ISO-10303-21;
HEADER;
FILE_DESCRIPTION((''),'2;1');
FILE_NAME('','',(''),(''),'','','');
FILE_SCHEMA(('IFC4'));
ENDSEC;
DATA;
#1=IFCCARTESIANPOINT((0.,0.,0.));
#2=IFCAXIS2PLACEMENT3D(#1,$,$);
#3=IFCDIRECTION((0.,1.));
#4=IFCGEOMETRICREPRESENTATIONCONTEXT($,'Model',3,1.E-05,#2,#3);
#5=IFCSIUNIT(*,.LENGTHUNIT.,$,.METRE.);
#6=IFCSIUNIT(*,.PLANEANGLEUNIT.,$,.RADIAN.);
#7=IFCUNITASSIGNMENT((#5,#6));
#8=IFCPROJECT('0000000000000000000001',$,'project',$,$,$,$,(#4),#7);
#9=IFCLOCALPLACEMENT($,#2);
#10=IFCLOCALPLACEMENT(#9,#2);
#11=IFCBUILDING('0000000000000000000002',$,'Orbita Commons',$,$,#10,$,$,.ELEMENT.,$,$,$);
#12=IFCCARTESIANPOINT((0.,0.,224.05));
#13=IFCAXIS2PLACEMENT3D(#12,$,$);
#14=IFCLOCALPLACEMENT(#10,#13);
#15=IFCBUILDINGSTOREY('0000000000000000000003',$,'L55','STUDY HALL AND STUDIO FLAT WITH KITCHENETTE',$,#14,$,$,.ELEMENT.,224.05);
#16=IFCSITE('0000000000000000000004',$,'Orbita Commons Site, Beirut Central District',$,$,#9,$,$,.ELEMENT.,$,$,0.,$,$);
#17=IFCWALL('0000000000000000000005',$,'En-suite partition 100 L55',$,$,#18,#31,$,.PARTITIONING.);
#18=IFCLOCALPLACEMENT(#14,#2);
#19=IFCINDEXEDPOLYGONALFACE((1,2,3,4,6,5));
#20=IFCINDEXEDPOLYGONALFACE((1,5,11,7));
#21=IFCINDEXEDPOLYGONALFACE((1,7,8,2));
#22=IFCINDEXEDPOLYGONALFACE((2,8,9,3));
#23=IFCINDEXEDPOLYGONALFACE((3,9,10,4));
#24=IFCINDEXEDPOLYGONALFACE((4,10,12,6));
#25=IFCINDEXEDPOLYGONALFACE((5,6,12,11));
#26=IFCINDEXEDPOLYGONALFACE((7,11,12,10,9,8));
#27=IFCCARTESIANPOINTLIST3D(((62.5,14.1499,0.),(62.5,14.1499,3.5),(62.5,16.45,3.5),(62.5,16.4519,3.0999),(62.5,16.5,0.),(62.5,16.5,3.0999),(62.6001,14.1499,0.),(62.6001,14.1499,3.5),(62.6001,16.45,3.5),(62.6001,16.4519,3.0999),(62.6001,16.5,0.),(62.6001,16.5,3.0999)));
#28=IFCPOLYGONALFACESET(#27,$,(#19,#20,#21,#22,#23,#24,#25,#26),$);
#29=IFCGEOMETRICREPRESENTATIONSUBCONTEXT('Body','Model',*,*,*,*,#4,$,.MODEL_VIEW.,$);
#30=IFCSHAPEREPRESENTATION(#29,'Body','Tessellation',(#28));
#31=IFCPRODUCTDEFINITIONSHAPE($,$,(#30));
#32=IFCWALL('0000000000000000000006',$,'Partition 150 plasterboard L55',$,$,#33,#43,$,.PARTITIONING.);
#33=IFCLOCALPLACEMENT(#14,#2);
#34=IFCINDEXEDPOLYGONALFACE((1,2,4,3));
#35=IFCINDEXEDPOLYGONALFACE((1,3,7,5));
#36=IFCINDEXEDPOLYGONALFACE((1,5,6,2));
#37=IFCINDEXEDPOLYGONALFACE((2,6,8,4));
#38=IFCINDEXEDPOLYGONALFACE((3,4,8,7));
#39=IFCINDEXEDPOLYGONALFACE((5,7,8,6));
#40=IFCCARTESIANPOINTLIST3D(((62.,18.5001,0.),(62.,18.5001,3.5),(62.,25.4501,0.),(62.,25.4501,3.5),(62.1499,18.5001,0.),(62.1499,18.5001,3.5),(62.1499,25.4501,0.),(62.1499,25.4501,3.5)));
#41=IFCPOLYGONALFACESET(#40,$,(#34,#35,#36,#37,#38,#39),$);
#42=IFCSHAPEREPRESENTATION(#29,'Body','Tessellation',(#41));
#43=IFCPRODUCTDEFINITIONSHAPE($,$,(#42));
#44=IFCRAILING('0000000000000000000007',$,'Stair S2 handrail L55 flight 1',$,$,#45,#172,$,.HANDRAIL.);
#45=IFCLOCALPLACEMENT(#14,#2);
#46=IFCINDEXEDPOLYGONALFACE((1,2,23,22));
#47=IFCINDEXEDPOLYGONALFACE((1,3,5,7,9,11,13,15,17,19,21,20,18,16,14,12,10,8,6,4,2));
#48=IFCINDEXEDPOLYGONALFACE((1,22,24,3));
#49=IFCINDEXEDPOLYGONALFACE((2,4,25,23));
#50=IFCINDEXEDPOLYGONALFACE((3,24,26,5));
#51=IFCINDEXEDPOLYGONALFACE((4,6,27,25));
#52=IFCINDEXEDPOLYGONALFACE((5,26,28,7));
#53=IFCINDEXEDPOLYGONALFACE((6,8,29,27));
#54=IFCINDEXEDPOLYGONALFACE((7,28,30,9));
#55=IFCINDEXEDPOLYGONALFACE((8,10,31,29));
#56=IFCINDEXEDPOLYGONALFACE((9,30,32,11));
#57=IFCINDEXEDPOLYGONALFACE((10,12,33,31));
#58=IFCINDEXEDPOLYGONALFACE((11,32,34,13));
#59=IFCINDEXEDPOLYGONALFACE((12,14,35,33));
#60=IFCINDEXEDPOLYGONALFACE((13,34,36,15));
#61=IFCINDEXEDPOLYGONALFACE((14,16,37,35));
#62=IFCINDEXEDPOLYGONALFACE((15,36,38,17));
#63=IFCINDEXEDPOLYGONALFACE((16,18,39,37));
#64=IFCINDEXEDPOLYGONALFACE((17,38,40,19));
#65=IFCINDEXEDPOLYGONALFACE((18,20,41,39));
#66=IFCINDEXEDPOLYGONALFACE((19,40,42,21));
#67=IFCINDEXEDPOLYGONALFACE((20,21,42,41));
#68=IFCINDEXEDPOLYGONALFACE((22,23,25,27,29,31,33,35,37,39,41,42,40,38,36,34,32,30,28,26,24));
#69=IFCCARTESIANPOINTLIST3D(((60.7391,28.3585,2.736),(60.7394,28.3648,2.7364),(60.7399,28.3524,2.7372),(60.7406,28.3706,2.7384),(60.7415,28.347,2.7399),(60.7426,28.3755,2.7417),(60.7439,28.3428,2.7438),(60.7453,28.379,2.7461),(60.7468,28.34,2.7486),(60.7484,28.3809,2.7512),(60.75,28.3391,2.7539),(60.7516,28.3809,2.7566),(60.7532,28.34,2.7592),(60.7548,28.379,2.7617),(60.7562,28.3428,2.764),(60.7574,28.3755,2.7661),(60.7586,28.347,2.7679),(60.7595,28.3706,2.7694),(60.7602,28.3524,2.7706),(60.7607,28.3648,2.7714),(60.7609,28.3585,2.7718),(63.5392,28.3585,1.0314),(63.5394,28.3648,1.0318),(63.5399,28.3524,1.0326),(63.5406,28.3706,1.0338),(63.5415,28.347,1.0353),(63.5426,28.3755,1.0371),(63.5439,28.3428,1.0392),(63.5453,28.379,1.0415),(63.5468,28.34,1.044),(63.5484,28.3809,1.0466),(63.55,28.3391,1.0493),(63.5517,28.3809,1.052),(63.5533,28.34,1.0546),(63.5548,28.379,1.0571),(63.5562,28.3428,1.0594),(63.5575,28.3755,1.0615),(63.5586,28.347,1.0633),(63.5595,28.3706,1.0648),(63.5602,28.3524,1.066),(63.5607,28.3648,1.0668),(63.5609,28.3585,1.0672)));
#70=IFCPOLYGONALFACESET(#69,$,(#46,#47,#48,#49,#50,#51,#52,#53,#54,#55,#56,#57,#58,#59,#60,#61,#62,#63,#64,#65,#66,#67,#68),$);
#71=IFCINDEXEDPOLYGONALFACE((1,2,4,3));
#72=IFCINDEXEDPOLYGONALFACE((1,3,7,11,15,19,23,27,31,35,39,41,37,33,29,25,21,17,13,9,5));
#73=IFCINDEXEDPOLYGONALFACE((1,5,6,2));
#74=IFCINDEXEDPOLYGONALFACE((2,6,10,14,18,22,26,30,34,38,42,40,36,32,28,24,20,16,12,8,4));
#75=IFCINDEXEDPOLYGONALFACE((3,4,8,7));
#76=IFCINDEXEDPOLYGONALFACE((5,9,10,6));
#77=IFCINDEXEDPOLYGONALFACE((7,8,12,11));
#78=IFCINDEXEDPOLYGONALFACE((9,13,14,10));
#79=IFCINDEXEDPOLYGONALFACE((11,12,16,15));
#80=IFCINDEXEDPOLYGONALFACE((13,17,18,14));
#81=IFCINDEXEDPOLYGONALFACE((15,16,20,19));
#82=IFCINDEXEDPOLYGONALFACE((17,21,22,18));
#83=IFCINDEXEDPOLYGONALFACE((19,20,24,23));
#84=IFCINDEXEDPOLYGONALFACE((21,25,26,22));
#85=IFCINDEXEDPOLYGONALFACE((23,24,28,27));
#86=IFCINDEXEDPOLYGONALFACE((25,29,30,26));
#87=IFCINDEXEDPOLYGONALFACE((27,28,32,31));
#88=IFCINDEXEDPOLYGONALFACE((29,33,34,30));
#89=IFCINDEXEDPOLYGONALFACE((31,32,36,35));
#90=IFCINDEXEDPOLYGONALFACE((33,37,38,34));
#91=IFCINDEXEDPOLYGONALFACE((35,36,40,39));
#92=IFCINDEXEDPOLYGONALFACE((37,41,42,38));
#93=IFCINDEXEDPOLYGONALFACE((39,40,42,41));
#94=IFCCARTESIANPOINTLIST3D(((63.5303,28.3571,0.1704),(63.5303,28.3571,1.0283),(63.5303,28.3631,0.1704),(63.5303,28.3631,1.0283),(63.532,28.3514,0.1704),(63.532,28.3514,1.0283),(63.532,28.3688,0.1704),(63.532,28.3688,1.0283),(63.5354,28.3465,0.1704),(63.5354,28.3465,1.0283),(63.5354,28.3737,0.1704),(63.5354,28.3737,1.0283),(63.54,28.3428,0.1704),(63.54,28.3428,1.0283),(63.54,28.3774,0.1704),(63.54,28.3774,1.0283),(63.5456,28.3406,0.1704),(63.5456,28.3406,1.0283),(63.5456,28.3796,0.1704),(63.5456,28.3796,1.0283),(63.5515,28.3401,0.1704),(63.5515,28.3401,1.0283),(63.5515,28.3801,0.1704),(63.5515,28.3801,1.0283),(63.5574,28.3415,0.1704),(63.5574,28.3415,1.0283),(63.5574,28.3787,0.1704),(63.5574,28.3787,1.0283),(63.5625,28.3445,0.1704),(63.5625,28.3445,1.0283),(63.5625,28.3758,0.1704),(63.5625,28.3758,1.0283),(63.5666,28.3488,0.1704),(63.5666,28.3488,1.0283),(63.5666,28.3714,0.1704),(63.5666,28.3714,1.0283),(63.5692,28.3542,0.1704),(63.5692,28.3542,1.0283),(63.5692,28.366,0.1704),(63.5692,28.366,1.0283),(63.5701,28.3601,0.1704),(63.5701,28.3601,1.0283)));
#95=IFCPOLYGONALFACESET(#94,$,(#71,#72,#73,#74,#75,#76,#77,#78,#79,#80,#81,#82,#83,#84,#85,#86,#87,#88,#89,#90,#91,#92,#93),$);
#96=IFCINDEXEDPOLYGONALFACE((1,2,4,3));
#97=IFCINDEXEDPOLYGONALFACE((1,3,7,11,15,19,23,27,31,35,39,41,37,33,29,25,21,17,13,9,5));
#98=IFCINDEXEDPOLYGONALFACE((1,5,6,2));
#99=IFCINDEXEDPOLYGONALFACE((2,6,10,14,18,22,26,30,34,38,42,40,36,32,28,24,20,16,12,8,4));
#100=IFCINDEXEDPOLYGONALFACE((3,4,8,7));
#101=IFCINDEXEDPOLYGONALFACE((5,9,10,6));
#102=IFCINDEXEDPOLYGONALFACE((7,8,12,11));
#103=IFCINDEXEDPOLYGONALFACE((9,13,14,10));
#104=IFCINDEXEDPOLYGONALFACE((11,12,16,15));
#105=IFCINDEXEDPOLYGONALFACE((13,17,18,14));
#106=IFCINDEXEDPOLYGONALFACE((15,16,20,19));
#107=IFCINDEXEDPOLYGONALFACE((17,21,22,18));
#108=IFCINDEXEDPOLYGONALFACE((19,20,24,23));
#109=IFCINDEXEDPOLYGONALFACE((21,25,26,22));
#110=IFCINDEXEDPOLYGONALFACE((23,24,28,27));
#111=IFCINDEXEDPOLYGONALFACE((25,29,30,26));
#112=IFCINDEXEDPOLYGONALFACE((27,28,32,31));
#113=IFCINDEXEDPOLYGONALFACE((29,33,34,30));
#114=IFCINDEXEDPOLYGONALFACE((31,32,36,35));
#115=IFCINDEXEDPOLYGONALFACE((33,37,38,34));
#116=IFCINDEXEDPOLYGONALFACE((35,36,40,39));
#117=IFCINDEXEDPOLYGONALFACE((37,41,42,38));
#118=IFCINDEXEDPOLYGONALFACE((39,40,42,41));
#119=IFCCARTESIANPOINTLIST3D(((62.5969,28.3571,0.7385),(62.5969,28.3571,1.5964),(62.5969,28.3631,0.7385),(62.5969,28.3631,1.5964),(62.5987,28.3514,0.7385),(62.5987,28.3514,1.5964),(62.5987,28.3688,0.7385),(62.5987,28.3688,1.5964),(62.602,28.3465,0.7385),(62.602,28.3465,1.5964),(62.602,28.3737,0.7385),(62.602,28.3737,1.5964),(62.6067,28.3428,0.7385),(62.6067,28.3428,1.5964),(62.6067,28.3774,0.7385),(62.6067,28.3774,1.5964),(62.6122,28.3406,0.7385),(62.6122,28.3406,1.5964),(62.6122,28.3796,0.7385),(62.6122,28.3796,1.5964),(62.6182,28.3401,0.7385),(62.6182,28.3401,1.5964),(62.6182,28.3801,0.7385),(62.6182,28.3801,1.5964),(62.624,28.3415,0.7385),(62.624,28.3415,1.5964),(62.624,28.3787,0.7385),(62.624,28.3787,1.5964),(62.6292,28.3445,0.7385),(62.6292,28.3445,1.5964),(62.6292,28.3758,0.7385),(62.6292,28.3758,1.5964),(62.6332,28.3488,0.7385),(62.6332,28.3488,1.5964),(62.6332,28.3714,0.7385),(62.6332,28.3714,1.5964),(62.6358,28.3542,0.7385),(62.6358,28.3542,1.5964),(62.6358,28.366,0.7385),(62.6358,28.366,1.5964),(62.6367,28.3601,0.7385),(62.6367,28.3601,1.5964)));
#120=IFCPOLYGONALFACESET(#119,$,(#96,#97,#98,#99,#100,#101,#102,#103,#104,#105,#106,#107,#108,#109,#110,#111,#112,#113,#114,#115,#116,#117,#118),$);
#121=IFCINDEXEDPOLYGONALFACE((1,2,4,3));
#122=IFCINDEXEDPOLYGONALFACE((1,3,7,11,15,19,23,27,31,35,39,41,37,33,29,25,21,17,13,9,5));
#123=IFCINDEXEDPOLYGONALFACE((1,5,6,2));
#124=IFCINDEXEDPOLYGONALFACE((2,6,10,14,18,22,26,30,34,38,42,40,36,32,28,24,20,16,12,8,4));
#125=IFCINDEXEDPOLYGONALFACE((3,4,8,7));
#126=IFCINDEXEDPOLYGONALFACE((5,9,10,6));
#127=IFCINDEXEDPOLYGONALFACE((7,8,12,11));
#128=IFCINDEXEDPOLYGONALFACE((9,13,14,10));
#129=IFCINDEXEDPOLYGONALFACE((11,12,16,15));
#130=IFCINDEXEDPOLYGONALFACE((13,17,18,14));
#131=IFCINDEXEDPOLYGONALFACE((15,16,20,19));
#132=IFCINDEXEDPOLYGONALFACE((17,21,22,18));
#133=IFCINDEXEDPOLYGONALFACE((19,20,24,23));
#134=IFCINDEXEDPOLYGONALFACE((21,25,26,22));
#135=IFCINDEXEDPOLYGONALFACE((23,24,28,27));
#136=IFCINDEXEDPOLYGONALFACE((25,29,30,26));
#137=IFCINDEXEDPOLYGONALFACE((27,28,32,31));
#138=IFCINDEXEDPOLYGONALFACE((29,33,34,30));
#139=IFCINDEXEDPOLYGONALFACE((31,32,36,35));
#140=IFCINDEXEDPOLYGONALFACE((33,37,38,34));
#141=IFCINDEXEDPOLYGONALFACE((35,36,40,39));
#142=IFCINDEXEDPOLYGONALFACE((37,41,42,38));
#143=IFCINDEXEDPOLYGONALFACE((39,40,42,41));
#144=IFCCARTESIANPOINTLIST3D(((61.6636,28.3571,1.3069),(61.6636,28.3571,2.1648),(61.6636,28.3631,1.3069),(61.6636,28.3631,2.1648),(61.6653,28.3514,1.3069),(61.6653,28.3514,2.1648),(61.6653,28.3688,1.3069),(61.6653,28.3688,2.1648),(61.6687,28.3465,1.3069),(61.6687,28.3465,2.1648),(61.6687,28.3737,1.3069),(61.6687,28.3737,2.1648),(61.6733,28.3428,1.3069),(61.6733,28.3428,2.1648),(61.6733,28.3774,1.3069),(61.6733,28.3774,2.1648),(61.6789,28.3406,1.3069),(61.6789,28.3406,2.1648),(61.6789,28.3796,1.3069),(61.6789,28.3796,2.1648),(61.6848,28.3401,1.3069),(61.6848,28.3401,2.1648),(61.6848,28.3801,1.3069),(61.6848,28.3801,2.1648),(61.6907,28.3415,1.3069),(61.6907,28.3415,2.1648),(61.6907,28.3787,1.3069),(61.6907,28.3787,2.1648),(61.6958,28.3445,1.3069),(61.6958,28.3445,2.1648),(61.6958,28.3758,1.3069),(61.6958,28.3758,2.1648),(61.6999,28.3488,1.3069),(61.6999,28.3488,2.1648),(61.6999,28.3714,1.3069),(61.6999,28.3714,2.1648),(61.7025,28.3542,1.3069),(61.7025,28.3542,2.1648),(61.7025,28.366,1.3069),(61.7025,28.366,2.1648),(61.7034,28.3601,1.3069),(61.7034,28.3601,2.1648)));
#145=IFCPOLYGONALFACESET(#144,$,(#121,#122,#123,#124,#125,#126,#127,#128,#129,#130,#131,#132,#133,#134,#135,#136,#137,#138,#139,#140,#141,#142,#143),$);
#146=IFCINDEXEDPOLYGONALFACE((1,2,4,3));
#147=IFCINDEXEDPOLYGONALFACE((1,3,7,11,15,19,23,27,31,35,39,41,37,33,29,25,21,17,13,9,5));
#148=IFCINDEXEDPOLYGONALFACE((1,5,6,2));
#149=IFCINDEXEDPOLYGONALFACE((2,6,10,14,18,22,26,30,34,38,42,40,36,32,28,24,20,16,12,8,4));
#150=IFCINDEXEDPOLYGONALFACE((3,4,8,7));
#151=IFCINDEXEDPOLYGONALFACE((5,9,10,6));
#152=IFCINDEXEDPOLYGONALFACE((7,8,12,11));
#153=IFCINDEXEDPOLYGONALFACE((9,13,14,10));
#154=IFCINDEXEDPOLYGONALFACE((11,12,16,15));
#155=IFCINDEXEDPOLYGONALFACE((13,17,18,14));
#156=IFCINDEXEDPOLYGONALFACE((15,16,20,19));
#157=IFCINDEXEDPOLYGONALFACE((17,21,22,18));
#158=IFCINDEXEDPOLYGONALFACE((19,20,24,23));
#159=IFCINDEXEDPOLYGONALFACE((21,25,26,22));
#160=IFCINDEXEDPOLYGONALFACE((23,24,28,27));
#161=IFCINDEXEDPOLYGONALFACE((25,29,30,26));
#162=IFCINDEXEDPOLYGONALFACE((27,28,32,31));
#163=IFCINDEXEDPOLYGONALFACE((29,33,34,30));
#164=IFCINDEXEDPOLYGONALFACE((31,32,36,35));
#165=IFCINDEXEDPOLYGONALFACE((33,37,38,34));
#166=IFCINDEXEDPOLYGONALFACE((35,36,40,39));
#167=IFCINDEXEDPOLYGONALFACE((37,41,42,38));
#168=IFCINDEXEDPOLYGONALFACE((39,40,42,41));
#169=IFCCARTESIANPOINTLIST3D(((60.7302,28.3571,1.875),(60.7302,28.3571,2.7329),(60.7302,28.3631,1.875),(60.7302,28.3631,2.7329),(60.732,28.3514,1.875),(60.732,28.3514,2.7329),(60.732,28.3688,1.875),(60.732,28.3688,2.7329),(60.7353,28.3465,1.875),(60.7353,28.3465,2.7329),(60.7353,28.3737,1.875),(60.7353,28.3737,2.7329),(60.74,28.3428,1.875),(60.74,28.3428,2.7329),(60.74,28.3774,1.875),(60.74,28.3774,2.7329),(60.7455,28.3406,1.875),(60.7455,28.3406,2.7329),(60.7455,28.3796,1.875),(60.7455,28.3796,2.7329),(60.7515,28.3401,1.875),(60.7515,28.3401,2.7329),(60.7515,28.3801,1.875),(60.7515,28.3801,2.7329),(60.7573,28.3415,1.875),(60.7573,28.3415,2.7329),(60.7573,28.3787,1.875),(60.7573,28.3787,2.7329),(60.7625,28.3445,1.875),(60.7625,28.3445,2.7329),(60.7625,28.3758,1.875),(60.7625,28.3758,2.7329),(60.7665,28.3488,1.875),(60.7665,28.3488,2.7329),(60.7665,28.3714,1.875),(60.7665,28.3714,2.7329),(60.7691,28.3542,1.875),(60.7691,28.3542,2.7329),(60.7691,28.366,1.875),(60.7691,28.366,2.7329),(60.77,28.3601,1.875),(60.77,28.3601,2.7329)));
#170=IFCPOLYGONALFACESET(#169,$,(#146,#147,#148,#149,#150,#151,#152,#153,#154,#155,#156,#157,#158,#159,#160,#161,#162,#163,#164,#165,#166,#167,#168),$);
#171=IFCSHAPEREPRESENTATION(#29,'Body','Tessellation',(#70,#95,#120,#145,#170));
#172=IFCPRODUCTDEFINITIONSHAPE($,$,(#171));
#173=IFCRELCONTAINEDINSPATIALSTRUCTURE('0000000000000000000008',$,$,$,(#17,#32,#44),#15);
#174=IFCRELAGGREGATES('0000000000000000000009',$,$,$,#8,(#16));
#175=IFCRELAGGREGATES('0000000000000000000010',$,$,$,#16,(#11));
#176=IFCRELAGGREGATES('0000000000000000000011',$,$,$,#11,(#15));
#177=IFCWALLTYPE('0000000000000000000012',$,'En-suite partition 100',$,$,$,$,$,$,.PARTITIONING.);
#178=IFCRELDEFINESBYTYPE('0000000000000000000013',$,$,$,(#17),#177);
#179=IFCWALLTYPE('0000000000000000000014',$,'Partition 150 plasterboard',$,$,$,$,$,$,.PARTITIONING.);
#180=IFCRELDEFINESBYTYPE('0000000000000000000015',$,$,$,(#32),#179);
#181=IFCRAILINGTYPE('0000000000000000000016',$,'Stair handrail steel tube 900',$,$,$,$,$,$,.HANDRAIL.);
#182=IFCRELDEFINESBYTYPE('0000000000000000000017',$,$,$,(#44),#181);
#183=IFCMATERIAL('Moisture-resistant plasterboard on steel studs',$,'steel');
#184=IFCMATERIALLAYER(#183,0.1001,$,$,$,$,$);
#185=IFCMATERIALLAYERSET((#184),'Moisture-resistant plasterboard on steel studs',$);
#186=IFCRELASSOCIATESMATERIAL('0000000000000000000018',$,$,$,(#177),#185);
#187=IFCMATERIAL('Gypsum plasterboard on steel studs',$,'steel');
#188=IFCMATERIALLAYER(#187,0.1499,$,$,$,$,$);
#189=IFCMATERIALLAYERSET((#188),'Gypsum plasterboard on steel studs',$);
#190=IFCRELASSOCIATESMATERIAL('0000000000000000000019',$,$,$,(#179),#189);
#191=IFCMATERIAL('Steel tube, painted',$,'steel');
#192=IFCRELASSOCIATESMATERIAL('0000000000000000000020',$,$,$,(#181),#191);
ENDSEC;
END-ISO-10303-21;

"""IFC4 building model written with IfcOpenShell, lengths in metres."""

from ifc_helpers import new_model, si_unit, direction, frame, frame_2d, origin, origin_2d, place, context, subcontext, project, spatial, polyline, rectangle, circle, outline, extrude, material, layer, layer_set, type_object, element, save


model = new_model("IFC4")

# Units and contexts
model_context = context("Model", 3, precision=1e-05, world=origin(), true_north=direction((0.0, 1.0)))
body_context = subcontext(model_context, "Body", "Model", "MODEL_VIEW")
ifc_project = project(units=[si_unit("LENGTHUNIT", "METRE"), si_unit("PLANEANGLEUNIT", "RADIAN")], contexts=[model_context])

# Site, building, storey
site_placement = place(None, origin())
site = spatial("IfcSite", under=ifc_project, at=site_placement, Name="Orbita Commons Site, Beirut Central District", CompositionType="ELEMENT", RefElevation=0.0)
building_placement = place(site_placement, origin())
building = spatial("IfcBuilding", under=site, at=building_placement, Name="Orbita Commons", CompositionType="ELEMENT")
storey_placement = place(building_placement, frame((0.0, 0.0, 224.05)))
storey = spatial("IfcBuildingStorey", under=building, at=storey_placement, Name="L55", Description="STUDY HALL AND STUDIO FLAT WITH KITCHENETTE", CompositionType="ELEMENT", Elevation=224.05)

# Walls
ifc_material_1 = material(Name="Moisture-resistant plasterboard on steel studs", Category="steel")
ifc_layer_1 = layer(ifc_material_1, 0.1001)
ifc_layer_set_1 = layer_set([ifc_layer_1], Name="Moisture-resistant plasterboard on steel studs")
wall_type_1 = type_object("IfcWallType", Name="En-suite partition 100", PredefinedType="PARTITIONING", material=ifc_layer_set_1)
wall_1_placement = place(storey_placement, frame((62.55, 14.1499, 0.0), z_axis=(0.0, 0.0, 1.0), x_axis=(0.0, 1.0, 0.0)))
element("IfcWall", 1, at=wall_1_placement, inside=storey, type_object=wall_type_1, Name="En-suite partition 100 L55", PredefinedType="PARTITIONING", context=body_context, shape_type="SweptSolid", body=[
    extrude(outline(polyline([(0.0, 0.0), (2.3501, 0.0), (2.3501, 3.0999), (2.302, 3.0999), (2.3, 3.5), (0.0, 3.5), (0.0, 0.0)])), frame((0.0, 0.05, 0.0), z_axis=(0.0, -1.0, 0.0), x_axis=(1.0, 0.0, 0.0)), (0.0, 0.0, 1.0), 0.1001),
])
ifc_material_2 = material(Name="Gypsum plasterboard on steel studs", Category="steel")
ifc_layer_2 = layer(ifc_material_2, 0.1499)
ifc_layer_set_2 = layer_set([ifc_layer_2], Name="Gypsum plasterboard on steel studs")
wall_type_2 = type_object("IfcWallType", Name="Partition 150 plasterboard", PredefinedType="PARTITIONING", material=ifc_layer_set_2)
wall_2_placement = place(storey_placement, frame((62.075, 18.5, 0.0), z_axis=(0.0, 0.0, 1.0), x_axis=(0.0, 1.0, 0.0)))
element("IfcWall", 2, at=wall_2_placement, inside=storey, type_object=wall_type_2, Name="Partition 150 plasterboard L55", PredefinedType="PARTITIONING", context=body_context, shape_type="SweptSolid", body=[
    extrude(rectangle(XDim=6.95, YDim=0.1499, at=frame_2d((3.4751, 0.0))), origin(), (0.0, 0.0, 1.0), 3.5),
])

# Railing
ifc_material_3 = material(Name="Steel tube, painted", Category="steel")
railing_type = type_object("IfcRailingType", Name="Stair handrail steel tube 900", PredefinedType="HANDRAIL", material=ifc_material_3)
for number, where, name in (
    (3, (63.55, 28.3601, 0.1704), "Stair S2 handrail L55 flight 1"),
):
    element("IfcRailing", number, at=place(storey_placement, frame(where)), inside=storey, type_object=railing_type, Name=name, PredefinedType="HANDRAIL", context=body_context, shape_type="SweptSolid", body=[
        extrude(circle(Radius=0.021, at=origin_2d()), frame((0.0, 0.0, 0.8789), z_axis=(-0.85417, 0.0, 0.519994), x_axis=(0.0, -1.0, 0.0)), (0.0, 0.0, 1.0), 3.2781),
        extrude(circle(Radius=0.02, at=origin_2d()), origin(), (0.0, 0.0, 1.0), 0.8579),
        extrude(circle(Radius=0.02, at=origin_2d()), frame((-0.9333, 0.0, 0.5681)), (0.0, 0.0, 1.0), 0.8579),
        extrude(circle(Radius=0.02, at=origin_2d()), frame((-1.8667, 0.0, 1.1365)), (0.0, 0.0, 1.0), 0.8579),
        extrude(circle(Radius=0.02, at=origin_2d()), frame((-2.8, 0.0, 1.7046)), (0.0, 0.0, 1.0), 0.8579),
    ])

save(model, "model.ifc")
